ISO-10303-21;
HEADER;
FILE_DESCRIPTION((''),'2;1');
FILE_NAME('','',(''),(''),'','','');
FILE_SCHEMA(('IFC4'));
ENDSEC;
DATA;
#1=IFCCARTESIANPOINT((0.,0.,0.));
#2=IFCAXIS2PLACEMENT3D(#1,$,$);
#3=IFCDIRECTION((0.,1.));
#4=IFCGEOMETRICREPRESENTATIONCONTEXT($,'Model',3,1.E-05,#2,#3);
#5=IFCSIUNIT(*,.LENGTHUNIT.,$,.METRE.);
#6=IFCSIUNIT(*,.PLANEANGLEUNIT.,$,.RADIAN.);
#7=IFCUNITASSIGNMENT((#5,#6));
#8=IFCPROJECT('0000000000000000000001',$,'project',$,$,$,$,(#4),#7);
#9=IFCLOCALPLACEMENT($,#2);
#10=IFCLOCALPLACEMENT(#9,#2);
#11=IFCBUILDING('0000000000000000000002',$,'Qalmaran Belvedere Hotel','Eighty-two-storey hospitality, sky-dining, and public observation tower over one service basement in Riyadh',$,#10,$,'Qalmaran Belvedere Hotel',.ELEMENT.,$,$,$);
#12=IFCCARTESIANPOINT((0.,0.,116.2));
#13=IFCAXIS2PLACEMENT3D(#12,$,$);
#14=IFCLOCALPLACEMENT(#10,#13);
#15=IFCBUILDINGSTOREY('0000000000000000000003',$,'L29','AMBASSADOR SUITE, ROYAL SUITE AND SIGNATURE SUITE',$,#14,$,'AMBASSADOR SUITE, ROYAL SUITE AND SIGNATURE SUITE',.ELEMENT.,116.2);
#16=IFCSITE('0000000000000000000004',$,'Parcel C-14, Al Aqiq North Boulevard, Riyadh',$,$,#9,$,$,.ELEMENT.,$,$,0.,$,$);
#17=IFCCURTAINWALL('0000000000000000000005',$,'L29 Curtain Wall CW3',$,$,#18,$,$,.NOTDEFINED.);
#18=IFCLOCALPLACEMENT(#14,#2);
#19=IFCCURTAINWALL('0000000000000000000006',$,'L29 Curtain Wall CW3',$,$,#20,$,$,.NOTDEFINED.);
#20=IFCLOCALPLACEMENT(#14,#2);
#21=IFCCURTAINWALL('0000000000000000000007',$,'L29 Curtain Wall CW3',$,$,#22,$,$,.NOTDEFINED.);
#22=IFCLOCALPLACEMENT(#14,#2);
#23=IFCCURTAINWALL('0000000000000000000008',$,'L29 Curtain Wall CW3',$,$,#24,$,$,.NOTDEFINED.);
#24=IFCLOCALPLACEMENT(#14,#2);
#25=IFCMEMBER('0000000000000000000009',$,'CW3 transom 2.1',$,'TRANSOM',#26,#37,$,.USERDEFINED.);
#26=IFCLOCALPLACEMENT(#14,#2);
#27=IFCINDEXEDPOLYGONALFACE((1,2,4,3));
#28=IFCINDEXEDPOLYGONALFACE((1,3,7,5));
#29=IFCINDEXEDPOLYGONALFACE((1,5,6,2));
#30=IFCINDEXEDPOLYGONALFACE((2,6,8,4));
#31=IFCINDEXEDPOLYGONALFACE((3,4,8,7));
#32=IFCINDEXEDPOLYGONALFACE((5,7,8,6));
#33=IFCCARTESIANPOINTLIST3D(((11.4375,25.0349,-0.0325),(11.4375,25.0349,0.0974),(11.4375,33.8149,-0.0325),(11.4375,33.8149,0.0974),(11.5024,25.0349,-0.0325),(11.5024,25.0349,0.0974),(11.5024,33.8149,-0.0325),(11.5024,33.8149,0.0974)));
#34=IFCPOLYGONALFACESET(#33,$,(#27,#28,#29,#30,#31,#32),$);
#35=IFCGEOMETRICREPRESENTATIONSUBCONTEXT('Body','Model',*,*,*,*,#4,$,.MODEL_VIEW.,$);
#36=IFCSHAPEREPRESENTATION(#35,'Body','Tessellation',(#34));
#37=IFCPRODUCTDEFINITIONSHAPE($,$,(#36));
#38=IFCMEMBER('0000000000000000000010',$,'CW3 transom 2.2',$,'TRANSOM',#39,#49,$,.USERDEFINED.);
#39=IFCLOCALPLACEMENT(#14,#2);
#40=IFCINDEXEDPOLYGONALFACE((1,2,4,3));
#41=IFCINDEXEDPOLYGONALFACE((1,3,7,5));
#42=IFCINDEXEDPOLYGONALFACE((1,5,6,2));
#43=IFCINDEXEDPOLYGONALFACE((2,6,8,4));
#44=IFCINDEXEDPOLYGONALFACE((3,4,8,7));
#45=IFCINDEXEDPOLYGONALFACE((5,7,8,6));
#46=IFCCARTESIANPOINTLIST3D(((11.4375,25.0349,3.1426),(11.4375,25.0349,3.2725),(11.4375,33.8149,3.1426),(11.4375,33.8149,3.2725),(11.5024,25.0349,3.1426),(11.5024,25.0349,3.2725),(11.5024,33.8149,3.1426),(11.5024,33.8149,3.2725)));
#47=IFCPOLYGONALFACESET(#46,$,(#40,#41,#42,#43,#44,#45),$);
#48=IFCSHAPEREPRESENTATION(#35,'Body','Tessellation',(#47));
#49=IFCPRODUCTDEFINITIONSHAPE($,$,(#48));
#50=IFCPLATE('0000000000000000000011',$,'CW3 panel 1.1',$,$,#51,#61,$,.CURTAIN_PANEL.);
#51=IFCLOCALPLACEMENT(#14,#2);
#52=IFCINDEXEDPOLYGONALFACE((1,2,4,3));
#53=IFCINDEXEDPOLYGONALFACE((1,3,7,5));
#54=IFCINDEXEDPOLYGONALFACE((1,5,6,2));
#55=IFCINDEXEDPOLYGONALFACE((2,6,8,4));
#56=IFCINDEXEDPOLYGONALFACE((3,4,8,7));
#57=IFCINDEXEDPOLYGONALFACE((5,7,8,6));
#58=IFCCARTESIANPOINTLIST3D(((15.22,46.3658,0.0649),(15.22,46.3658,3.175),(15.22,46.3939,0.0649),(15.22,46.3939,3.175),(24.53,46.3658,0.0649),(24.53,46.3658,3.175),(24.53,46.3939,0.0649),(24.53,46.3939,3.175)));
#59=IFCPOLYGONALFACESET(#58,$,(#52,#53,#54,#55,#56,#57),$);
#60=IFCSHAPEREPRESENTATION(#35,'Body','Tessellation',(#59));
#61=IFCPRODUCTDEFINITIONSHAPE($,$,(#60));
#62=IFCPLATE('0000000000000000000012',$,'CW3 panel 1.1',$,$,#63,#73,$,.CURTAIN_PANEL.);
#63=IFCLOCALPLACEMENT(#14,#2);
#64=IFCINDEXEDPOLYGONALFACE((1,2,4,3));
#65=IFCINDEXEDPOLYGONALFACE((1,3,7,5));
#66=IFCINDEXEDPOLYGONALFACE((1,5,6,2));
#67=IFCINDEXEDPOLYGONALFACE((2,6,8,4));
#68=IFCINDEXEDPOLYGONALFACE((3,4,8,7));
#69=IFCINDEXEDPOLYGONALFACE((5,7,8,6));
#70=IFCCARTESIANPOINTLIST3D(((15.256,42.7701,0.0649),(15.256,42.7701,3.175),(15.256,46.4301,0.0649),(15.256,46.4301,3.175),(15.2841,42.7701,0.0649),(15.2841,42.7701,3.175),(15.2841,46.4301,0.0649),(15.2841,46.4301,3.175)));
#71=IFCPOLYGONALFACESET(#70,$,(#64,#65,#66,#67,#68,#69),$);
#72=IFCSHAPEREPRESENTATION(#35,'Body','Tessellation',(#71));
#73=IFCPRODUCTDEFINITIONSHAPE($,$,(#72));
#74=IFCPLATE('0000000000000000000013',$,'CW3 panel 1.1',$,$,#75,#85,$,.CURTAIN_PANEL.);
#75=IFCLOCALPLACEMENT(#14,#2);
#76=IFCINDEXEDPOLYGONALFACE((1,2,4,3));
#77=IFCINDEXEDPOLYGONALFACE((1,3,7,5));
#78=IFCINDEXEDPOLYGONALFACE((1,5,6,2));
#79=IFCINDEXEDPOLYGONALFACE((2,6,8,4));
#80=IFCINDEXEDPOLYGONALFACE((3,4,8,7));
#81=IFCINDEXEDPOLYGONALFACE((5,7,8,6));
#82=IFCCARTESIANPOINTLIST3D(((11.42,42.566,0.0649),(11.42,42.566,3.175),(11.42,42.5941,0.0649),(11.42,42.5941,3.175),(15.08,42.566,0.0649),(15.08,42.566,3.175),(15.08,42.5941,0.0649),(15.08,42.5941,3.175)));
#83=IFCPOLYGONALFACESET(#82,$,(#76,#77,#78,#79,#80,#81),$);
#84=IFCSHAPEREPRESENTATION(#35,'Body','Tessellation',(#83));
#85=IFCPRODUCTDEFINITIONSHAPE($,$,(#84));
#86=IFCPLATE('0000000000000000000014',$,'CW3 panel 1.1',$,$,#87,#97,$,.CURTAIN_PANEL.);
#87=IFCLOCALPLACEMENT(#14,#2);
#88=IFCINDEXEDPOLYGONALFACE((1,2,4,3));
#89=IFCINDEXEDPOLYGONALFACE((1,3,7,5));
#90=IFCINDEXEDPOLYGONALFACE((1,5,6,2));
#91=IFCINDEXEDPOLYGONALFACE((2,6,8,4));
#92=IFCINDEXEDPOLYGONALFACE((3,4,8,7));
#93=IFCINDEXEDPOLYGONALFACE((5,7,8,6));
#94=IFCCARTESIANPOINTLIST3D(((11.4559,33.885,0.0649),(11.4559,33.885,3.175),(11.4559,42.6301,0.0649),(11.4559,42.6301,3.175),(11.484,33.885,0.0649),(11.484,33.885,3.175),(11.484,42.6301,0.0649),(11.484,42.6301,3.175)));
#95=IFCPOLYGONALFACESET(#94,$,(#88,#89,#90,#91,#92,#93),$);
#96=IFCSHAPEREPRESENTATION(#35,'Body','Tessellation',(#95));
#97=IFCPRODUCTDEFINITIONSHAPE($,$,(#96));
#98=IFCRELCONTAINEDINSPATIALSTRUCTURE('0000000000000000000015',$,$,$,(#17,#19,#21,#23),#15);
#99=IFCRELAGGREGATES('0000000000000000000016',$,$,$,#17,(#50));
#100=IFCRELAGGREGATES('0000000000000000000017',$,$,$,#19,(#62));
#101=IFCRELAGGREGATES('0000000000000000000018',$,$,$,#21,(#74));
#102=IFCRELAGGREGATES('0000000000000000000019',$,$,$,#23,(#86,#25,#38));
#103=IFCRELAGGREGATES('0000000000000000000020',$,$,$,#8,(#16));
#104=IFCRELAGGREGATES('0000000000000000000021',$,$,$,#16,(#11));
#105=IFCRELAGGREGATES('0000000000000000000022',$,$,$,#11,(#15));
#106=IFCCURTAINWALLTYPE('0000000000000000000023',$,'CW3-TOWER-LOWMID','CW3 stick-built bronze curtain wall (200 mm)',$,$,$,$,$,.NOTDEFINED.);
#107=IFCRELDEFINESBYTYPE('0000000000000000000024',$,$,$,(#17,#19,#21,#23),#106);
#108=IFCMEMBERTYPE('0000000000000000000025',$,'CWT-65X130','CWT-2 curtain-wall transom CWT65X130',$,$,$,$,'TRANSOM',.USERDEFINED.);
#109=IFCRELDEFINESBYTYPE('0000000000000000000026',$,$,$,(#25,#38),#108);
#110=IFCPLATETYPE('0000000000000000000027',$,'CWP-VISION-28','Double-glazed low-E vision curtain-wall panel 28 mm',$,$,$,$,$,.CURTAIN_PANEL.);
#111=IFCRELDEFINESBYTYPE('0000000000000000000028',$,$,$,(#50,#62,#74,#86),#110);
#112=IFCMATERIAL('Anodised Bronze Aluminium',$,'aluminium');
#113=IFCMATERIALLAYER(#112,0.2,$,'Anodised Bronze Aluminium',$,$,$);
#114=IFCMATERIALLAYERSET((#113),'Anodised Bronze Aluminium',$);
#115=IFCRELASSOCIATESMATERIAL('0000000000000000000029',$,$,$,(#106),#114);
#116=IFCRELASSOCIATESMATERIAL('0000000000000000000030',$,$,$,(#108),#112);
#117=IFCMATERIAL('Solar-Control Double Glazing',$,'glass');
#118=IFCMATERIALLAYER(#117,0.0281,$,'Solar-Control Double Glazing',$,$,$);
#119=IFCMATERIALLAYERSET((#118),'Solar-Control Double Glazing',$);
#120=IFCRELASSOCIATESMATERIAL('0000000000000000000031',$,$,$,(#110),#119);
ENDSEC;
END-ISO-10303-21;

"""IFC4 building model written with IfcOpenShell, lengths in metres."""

from ifc_helpers import new_model, si_unit, direction, frame, origin, origin_2d, place, context, subcontext, project, spatial, rectangle, extrude, material, layer, layer_set, material_profile, profile_set, type_object, element, aggregate, save


model = new_model("IFC4")

# Units and contexts
model_context = context("Model", 3, precision=1e-05, world=origin(), true_north=direction((0.0, 1.0)))
body_context = subcontext(model_context, "Body", "Model", "MODEL_VIEW")
ifc_project = project(units=[si_unit("LENGTHUNIT", "METRE"), si_unit("PLANEANGLEUNIT", "RADIAN")], contexts=[model_context])

# Site, building, storey
site_placement = place(None, origin())
site = spatial("IfcSite", under=ifc_project, at=site_placement, Name="Parcel C-14, Al Aqiq North Boulevard, Riyadh", CompositionType="ELEMENT", RefElevation=0.0)
building_placement = place(site_placement, origin())
building = spatial("IfcBuilding", under=site, at=building_placement, Name="Qalmaran Belvedere Hotel", Description="Eighty-two-storey hospitality, sky-dining, and public observation tower over one service basement in Riyadh", LongName="Qalmaran Belvedere Hotel", CompositionType="ELEMENT")
storey_placement = place(building_placement, frame((0.0, 0.0, 116.2)))
storey = spatial("IfcBuildingStorey", under=building, at=storey_placement, Name="L29", Description="AMBASSADOR SUITE, ROYAL SUITE AND SIGNATURE SUITE", LongName="AMBASSADOR SUITE, ROYAL SUITE AND SIGNATURE SUITE", CompositionType="ELEMENT", Elevation=116.2)

# Curtain wall
ifc_material_1 = material(Name="Anodised Bronze Aluminium", Category="aluminium")
ifc_layer_1 = layer(ifc_material_1, 0.2, Name="Anodised Bronze Aluminium")
ifc_layer_set_1 = layer_set([ifc_layer_1], Name="Anodised Bronze Aluminium")
curtain_wall_type = type_object("IfcCurtainWallType", Name="CW3-TOWER-LOWMID", Description="CW3 stick-built bronze curtain wall (200 mm)", PredefinedType="NOTDEFINED", material=ifc_layer_set_1)
curtain_wall_1_placement = place(storey_placement, origin())
curtain_wall_1 = element("IfcCurtainWall", 1, at=curtain_wall_1_placement, inside=storey, type_object=curtain_wall_type, Name="L29 Curtain Wall CW3", PredefinedType="NOTDEFINED")

# Curtain walls
curtain_wall_2_placement = place(storey_placement, origin())
curtain_wall_2 = element("IfcCurtainWall", 2, at=curtain_wall_2_placement, inside=storey, type_object=curtain_wall_type, Name="L29 Curtain Wall CW3", PredefinedType="NOTDEFINED")
curtain_wall_3_placement = place(storey_placement, origin())
curtain_wall_3 = element("IfcCurtainWall", 3, at=curtain_wall_3_placement, inside=storey, type_object=curtain_wall_type, Name="L29 Curtain Wall CW3", PredefinedType="NOTDEFINED")
curtain_wall_4_placement = place(storey_placement, origin())
curtain_wall_4 = element("IfcCurtainWall", 4, at=curtain_wall_4_placement, inside=storey, type_object=curtain_wall_type, Name="L29 Curtain Wall CW3", PredefinedType="NOTDEFINED")

# Members
ifc_material_profile_1 = material_profile(ifc_material_1, rectangle(XDim=0.0649, YDim=0.1299, at=origin_2d()), Name="CWT65X130")
ifc_profile_set_1 = profile_set([ifc_material_profile_1], Name="Anodised Bronze Aluminium")
member_type_1 = type_object("IfcMemberType", Name="CWT-65X130", Description="CWT-2 curtain-wall transom CWT65X130", ElementType="TRANSOM", PredefinedType="USERDEFINED", material=ifc_profile_set_1)
member_1_placement = place(storey_placement, frame((11.47, 33.8149, 0.0325), z_axis=(0.0, -1.0, 0.0), x_axis=(1.0, 0.0, 0.0)))
member_1 = element("IfcMember", 5, at=member_1_placement, type_object=member_type_1, Name="CW3 transom 2.1", ObjectType="TRANSOM", PredefinedType="USERDEFINED", context=body_context, shape_type="SweptSolid", body=[
    extrude(rectangle(XDim=0.0649, YDim=0.1299, at=origin_2d()), origin(), (0.0, 0.0, 1.0), 8.78),
])
member_2_placement = place(storey_placement, frame((11.47, 33.8149, 3.2075), z_axis=(0.0, -1.0, 0.0), x_axis=(1.0, 0.0, 0.0)))
member_2 = element("IfcMember", 6, at=member_2_placement, type_object=member_type_1, Name="CW3 transom 2.2", ObjectType="TRANSOM", PredefinedType="USERDEFINED", context=body_context, shape_type="SweptSolid", body=[
    extrude(rectangle(XDim=0.0649, YDim=0.1299, at=origin_2d()), origin(), (0.0, 0.0, 1.0), 8.78),
])

# Plates
ifc_material_2 = material(Name="Solar-Control Double Glazing", Category="glass")
ifc_layer_2 = layer(ifc_material_2, 0.0281, Name="Solar-Control Double Glazing")
ifc_layer_set_2 = layer_set([ifc_layer_2], Name="Solar-Control Double Glazing")
plate_type = type_object("IfcPlateType", Name="CWP-VISION-28", Description="Double-glazed low-E vision curtain-wall panel 28 mm", PredefinedType="CURTAIN_PANEL", material=ifc_layer_set_2)
plate_1_placement = place(storey_placement, frame((19.875, 46.3799, 0.0649), z_axis=(0.0, 0.0, 1.0), x_axis=(-1.0, 0.0, 0.0)))
plate_1 = element("IfcPlate", 7, at=plate_1_placement, type_object=plate_type, Name="CW3 panel 1.1", PredefinedType="CURTAIN_PANEL", context=body_context, shape_type="SweptSolid", body=[
    extrude(rectangle(XDim=9.3101, YDim=0.0281, at=origin_2d()), origin(), (0.0, 0.0, 1.0), 3.1101),
])
aggregate(curtain_wall_1, [plate_1])
plate_2_placement = place(storey_placement, frame((15.27, 44.6001, 0.0649), z_axis=(0.0, 0.0, 1.0), x_axis=(0.0, -1.0, 0.0)))
plate_2 = element("IfcPlate", 8, at=plate_2_placement, type_object=plate_type, Name="CW3 panel 1.1", PredefinedType="CURTAIN_PANEL", context=body_context, shape_type="SweptSolid", body=[
    extrude(rectangle(XDim=3.6599, YDim=0.0281, at=origin_2d()), origin(), (0.0, 0.0, 1.0), 3.1101),
])
aggregate(curtain_wall_2, [plate_2])
plate_3_placement = place(storey_placement, frame((13.25, 42.5801, 0.0649), z_axis=(0.0, 0.0, 1.0), x_axis=(-1.0, 0.0, 0.0)))
plate_3 = element("IfcPlate", 9, at=plate_3_placement, type_object=plate_type, Name="CW3 panel 1.1", PredefinedType="CURTAIN_PANEL", context=body_context, shape_type="SweptSolid", body=[
    extrude(rectangle(XDim=3.6599, YDim=0.0281, at=origin_2d()), origin(), (0.0, 0.0, 1.0), 3.1101),
])
aggregate(curtain_wall_3, [plate_3])
plate_4_placement = place(storey_placement, frame((11.47, 38.2576, 0.0649), z_axis=(0.0, 0.0, 1.0), x_axis=(0.0, -1.0, 0.0)))
plate_4 = element("IfcPlate", 10, at=plate_4_placement, type_object=plate_type, Name="CW3 panel 1.1", PredefinedType="CURTAIN_PANEL", context=body_context, shape_type="SweptSolid", body=[
    extrude(rectangle(XDim=8.7451, YDim=0.0281, at=origin_2d()), origin(), (0.0, 0.0, 1.0), 3.1101),
])
aggregate(curtain_wall_4, [plate_4, member_1, member_2])

save(model, "model.ifc")
